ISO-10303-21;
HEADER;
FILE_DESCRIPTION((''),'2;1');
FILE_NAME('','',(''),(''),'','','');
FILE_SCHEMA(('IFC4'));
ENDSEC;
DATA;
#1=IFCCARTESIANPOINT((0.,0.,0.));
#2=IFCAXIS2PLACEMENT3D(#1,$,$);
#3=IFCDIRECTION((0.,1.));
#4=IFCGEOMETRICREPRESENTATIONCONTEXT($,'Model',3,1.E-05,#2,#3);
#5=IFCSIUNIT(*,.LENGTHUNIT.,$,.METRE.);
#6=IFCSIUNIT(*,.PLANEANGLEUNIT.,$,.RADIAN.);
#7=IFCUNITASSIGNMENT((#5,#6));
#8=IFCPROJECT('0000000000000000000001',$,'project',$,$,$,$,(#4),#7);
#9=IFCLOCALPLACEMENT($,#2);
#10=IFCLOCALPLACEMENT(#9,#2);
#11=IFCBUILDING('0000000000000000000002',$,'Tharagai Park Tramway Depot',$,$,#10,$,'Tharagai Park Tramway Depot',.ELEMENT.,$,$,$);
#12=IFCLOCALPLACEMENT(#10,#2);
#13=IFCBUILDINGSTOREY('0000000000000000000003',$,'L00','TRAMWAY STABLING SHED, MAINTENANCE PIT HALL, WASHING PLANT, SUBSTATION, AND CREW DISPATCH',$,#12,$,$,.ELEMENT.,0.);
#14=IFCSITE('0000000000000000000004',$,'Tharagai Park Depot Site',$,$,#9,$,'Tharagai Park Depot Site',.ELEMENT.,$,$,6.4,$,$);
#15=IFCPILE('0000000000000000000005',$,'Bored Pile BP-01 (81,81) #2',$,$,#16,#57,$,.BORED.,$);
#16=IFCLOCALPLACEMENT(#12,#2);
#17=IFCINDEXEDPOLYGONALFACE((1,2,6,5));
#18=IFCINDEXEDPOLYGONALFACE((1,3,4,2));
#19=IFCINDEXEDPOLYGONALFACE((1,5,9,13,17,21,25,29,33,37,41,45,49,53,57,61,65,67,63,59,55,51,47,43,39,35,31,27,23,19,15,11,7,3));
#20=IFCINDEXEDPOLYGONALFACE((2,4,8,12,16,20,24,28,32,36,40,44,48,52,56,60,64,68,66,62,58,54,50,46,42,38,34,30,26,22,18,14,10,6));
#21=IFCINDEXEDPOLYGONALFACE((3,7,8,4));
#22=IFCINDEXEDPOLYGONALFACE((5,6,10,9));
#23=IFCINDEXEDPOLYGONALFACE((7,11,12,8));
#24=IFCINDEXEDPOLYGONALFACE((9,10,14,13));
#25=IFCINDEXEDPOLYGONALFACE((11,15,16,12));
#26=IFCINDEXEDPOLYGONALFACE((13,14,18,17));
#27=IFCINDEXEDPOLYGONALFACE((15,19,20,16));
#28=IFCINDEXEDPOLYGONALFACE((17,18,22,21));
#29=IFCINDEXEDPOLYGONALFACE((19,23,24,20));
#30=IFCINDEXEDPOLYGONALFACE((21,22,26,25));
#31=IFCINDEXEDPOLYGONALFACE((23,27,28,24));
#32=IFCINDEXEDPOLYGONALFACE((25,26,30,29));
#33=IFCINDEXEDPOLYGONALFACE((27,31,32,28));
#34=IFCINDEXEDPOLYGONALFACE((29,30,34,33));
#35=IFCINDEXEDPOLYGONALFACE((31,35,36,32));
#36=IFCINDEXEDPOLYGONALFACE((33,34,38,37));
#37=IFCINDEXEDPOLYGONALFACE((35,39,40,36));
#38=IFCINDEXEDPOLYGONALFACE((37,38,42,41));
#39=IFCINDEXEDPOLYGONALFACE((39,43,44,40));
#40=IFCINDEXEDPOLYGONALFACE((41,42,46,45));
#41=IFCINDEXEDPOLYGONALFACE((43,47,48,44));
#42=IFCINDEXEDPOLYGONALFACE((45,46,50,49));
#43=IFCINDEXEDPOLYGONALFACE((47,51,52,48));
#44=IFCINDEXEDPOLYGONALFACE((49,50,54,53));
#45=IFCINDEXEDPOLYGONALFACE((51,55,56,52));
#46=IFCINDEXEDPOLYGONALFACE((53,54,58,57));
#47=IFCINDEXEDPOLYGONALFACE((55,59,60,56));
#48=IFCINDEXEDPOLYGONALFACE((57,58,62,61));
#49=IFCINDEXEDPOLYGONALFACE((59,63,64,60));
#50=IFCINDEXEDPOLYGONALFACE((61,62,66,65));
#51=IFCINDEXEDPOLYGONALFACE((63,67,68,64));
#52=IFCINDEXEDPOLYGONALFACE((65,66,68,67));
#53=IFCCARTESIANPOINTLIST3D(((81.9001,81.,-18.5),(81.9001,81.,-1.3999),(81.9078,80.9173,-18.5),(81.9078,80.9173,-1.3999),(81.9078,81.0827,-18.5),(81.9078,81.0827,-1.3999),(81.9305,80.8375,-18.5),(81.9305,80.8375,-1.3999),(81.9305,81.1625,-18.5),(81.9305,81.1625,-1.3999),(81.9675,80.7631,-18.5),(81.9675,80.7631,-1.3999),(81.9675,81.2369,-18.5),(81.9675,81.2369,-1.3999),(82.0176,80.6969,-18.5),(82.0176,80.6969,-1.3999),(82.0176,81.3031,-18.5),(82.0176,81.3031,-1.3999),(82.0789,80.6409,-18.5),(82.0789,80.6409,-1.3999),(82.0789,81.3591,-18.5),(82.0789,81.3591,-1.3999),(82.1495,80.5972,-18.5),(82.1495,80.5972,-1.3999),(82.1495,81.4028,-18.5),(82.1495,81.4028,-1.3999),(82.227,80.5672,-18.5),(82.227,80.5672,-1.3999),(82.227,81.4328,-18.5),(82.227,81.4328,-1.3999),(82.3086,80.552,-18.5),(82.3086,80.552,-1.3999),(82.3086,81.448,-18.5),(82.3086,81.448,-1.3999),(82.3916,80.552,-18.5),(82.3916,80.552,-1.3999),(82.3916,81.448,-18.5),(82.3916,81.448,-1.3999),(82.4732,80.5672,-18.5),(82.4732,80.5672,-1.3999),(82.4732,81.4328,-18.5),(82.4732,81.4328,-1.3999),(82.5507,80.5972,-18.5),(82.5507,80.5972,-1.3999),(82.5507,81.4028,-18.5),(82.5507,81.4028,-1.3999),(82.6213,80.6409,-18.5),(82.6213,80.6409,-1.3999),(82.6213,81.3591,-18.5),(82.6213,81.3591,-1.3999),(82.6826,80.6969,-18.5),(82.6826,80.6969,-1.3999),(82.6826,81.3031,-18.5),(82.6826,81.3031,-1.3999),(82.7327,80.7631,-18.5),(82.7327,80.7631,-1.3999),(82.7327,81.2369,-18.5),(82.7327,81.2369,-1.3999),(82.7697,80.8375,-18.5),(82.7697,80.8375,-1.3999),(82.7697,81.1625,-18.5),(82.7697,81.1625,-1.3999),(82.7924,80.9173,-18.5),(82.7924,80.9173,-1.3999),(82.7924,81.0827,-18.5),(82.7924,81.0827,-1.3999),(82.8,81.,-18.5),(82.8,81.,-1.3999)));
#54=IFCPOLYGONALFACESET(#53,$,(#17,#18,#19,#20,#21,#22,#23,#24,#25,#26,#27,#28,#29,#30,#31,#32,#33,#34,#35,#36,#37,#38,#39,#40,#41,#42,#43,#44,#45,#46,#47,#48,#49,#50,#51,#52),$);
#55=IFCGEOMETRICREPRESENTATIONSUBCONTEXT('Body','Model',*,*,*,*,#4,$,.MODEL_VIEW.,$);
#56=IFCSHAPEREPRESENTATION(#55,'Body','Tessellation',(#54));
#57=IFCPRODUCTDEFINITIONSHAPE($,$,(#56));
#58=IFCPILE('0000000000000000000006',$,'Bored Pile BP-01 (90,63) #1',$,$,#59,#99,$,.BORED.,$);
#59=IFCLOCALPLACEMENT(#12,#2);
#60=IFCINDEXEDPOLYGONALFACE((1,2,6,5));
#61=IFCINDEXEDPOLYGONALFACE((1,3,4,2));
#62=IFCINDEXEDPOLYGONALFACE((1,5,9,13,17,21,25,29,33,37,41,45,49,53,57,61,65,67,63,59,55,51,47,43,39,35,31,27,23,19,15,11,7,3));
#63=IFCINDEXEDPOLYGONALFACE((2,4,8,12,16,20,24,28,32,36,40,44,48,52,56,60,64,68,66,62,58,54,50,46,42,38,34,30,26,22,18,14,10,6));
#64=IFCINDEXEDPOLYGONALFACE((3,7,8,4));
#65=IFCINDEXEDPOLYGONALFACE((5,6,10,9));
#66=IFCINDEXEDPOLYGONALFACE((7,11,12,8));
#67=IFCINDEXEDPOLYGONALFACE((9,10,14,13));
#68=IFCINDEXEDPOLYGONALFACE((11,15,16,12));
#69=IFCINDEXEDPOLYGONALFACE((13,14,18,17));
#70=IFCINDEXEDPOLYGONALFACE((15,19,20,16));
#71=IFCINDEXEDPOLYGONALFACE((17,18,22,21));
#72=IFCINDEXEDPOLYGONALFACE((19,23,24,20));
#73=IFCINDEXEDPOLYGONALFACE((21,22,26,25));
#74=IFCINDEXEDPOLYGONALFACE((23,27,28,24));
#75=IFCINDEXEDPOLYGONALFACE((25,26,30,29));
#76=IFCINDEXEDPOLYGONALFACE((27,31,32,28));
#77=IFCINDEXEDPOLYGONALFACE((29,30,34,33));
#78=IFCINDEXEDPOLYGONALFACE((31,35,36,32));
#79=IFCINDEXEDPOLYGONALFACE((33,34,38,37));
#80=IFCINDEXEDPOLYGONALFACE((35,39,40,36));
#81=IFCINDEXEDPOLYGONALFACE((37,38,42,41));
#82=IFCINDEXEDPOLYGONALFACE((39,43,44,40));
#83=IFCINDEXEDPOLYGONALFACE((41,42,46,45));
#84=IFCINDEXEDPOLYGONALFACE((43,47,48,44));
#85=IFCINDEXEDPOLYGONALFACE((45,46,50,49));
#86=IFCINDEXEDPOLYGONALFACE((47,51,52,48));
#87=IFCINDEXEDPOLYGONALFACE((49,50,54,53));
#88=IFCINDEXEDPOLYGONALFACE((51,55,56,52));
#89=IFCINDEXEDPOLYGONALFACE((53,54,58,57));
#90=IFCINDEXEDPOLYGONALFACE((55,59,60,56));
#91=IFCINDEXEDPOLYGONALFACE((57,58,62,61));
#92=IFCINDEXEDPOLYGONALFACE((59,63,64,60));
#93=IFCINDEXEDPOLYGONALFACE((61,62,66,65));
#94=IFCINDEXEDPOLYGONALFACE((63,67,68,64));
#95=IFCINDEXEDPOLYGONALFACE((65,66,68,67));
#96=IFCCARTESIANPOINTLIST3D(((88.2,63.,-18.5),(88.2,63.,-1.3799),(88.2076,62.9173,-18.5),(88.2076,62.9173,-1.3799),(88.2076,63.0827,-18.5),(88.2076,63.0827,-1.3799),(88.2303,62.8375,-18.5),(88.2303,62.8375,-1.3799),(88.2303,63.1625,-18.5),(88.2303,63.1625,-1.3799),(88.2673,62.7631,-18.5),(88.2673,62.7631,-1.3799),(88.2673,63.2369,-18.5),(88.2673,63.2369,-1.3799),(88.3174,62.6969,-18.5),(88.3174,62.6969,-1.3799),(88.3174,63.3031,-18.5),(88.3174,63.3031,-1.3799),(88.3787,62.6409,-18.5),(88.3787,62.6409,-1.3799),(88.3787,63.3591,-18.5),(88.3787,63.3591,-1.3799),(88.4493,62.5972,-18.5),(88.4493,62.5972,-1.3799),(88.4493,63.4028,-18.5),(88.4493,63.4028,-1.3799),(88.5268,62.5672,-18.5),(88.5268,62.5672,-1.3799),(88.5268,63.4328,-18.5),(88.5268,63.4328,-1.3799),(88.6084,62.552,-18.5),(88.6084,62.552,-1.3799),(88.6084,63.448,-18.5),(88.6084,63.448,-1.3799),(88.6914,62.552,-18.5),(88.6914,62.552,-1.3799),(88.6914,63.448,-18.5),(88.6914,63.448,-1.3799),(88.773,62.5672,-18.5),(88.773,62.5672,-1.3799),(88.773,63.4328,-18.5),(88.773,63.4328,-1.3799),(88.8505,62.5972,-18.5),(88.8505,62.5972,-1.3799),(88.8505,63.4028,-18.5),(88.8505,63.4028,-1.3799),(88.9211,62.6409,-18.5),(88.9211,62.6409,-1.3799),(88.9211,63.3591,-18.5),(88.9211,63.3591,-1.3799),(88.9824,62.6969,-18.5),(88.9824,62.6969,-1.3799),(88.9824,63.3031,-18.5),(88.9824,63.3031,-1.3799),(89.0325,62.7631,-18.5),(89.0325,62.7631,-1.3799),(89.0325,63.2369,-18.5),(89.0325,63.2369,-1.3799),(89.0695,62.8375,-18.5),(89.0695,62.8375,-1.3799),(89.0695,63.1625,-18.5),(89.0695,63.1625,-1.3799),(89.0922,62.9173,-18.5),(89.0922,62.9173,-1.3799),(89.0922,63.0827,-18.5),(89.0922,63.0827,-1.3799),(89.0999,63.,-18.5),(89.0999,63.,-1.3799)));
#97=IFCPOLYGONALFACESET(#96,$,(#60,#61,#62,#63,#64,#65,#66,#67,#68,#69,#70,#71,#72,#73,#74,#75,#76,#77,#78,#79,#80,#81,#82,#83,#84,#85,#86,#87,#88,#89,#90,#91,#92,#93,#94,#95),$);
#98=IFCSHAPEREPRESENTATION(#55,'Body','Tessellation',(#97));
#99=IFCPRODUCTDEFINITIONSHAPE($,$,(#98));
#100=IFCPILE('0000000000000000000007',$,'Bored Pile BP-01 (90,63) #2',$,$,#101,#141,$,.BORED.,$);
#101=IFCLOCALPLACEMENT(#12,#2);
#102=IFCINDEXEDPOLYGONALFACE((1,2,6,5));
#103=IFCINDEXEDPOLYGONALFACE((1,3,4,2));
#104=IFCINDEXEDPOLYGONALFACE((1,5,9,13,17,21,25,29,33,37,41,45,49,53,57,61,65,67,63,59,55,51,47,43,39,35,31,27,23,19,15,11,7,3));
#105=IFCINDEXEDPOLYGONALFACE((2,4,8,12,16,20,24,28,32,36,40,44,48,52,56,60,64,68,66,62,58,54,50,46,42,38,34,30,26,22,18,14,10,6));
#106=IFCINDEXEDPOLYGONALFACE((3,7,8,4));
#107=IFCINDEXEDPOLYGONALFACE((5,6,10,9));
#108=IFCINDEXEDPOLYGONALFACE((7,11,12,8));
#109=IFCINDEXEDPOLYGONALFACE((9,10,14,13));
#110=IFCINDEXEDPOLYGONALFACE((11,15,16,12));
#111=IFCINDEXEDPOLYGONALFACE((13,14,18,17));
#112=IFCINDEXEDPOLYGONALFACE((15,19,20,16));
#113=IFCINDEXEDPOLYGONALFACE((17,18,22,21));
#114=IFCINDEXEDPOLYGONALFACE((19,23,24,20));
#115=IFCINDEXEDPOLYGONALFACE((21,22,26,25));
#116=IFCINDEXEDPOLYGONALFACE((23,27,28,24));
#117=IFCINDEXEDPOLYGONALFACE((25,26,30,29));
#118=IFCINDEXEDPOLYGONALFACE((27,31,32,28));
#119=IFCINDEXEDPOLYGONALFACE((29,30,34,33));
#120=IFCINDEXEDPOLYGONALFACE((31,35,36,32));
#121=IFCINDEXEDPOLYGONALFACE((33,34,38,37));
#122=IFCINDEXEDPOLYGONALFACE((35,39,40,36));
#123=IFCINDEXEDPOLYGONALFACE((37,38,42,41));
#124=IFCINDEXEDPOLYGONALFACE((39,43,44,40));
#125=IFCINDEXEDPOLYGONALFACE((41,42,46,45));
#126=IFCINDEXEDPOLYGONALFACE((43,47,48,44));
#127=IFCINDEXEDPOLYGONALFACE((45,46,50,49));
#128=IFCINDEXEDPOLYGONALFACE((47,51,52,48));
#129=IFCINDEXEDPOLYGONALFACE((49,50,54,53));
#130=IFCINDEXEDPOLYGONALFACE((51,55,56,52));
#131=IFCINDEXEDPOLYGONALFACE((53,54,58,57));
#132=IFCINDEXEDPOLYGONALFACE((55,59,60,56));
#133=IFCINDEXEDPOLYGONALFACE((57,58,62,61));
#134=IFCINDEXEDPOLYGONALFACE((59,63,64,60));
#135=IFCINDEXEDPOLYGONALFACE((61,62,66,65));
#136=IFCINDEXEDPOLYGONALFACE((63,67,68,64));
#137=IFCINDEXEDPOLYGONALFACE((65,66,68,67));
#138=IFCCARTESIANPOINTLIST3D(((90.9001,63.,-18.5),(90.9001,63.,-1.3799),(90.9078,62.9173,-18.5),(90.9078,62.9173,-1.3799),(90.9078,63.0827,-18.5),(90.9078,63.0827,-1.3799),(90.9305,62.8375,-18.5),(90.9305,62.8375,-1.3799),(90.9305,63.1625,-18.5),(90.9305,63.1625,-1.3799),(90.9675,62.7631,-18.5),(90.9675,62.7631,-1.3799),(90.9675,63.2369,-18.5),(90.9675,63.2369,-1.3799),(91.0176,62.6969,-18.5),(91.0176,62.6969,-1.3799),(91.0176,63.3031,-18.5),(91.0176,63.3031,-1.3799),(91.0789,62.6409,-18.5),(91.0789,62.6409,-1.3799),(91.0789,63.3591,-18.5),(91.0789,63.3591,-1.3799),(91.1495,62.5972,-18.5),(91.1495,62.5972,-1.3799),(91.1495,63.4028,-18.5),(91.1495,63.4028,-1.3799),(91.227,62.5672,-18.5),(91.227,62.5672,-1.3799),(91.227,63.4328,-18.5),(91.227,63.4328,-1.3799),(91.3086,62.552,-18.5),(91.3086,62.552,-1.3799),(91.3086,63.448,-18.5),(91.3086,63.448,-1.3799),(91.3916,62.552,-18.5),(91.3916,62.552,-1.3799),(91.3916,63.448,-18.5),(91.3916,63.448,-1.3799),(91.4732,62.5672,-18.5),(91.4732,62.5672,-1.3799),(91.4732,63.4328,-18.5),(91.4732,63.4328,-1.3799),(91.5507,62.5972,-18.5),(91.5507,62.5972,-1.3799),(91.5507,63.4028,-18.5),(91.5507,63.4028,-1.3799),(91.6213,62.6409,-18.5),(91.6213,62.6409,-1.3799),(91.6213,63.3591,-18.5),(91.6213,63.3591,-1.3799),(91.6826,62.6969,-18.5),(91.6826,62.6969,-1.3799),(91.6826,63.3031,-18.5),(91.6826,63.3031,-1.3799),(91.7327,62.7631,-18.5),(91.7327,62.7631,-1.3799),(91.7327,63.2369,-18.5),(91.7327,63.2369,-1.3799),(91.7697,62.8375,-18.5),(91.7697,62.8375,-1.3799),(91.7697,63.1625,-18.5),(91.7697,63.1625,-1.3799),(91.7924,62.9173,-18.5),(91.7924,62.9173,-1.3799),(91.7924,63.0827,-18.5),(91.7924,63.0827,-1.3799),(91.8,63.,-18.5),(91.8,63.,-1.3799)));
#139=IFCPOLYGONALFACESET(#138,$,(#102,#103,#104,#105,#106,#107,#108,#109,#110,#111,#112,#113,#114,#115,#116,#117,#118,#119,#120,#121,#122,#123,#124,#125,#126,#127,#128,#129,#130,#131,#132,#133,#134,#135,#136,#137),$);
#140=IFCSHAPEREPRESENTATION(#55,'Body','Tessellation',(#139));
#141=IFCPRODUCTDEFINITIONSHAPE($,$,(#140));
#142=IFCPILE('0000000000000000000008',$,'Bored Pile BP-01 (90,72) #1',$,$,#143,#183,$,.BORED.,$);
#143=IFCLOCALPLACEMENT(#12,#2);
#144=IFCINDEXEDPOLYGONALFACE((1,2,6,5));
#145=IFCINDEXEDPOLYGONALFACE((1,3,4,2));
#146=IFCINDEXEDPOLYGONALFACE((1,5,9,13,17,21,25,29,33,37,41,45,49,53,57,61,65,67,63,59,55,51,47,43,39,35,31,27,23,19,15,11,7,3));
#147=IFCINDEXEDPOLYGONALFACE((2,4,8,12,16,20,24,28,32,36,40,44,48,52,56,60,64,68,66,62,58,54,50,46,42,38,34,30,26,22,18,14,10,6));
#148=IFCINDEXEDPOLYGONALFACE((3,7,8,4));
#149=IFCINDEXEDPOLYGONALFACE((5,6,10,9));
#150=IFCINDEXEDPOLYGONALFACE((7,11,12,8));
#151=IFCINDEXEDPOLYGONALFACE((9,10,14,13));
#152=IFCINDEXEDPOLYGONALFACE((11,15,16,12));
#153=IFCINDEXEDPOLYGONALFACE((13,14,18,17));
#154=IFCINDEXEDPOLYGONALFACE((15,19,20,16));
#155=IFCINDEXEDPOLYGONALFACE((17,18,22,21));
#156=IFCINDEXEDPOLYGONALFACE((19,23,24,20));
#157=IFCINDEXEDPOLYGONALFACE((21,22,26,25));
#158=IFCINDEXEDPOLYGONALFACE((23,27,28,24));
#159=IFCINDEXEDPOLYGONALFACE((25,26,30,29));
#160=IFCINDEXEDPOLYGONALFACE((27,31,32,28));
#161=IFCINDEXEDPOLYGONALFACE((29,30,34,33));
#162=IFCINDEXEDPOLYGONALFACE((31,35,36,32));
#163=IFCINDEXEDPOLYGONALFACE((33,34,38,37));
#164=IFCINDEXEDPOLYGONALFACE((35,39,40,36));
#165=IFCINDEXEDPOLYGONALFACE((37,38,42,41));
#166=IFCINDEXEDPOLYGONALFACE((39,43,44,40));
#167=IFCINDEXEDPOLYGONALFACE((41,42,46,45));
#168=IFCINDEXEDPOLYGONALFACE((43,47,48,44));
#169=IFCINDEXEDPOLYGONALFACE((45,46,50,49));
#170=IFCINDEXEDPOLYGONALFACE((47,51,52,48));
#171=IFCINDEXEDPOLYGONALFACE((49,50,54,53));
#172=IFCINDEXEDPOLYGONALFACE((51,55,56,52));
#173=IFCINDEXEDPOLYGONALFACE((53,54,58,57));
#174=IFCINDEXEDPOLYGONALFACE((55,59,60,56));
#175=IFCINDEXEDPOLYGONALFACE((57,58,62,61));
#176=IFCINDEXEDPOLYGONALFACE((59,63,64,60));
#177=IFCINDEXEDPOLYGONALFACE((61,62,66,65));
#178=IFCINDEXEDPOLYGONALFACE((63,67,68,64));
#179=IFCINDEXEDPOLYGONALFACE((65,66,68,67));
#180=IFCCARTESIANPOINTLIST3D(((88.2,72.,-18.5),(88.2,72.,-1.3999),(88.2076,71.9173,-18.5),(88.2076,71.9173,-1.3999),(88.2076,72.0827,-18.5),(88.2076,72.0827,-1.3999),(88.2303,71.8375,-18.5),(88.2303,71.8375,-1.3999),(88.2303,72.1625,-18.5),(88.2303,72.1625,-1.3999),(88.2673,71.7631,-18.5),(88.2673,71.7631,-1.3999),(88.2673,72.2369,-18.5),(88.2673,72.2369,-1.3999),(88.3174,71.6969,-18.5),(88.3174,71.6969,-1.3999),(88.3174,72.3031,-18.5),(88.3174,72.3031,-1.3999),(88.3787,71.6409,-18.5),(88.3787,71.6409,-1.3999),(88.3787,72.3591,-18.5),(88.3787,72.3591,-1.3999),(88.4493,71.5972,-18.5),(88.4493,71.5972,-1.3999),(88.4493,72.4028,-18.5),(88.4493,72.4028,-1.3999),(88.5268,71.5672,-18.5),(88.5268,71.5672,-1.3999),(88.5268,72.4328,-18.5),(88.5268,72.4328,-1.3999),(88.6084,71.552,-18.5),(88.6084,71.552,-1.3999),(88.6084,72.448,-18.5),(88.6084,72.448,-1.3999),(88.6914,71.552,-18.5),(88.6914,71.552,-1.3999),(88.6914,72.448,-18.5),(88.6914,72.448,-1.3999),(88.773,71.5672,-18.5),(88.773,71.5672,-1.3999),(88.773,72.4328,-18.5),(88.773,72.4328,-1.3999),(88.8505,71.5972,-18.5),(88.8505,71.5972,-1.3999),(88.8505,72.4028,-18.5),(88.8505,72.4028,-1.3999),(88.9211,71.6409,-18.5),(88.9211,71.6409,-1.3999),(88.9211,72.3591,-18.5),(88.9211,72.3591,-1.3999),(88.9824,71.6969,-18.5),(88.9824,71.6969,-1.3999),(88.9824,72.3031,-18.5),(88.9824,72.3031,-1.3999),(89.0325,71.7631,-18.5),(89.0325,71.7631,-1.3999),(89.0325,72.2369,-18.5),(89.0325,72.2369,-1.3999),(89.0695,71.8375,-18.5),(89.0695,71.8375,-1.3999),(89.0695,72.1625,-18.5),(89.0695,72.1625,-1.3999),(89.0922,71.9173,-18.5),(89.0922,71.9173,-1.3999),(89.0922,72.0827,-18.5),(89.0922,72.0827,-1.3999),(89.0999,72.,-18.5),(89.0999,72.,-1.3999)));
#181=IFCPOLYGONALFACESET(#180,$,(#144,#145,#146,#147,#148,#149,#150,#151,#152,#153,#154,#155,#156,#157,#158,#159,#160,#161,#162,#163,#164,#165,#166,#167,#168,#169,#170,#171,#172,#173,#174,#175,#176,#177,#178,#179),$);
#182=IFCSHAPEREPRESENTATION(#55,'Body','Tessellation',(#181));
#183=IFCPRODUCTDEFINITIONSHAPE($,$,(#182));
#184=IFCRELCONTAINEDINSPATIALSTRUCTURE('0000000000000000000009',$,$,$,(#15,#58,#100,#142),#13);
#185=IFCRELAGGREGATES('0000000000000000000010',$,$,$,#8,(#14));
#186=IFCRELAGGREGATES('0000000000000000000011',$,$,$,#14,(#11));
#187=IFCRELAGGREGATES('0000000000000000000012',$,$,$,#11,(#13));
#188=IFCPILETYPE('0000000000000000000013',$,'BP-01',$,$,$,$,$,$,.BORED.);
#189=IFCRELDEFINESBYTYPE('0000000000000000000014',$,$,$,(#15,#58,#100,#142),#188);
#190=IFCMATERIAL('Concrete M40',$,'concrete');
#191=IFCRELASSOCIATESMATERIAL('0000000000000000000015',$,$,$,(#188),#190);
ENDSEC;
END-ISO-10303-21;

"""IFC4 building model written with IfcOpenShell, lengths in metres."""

from ifc_helpers import new_model, si_unit, direction, frame, origin, origin_2d, place, context, subcontext, project, spatial, circle, extrude, material, material_profile, profile_set, type_object, element, save


model = new_model("IFC4")

# Units and contexts
model_context = context("Model", 3, precision=1e-05, world=origin(), true_north=direction((0.0, 1.0)))
body_context = subcontext(model_context, "Body", "Model", "MODEL_VIEW")
ifc_project = project(units=[si_unit("LENGTHUNIT", "METRE"), si_unit("PLANEANGLEUNIT", "RADIAN")], contexts=[model_context])

# Site, building, storey
site_placement = place(None, origin())
site = spatial("IfcSite", under=ifc_project, at=site_placement, Name="Tharagai Park Depot Site", LongName="Tharagai Park Depot Site", CompositionType="ELEMENT", RefElevation=6.4)
building_placement = place(site_placement, origin())
building = spatial("IfcBuilding", under=site, at=building_placement, Name="Tharagai Park Tramway Depot", LongName="Tharagai Park Tramway Depot", CompositionType="ELEMENT")
storey_placement = place(building_placement, origin())
storey = spatial("IfcBuildingStorey", under=building, at=storey_placement, Name="L00", Description="TRAMWAY STABLING SHED, MAINTENANCE PIT HALL, WASHING PLANT, SUBSTATION, AND CREW DISPATCH", CompositionType="ELEMENT", Elevation=0.0)

# Piles
ifc_material_1 = material(Name="Concrete M40", Category="concrete")
ifc_material_profile_1 = material_profile(ifc_material_1, circle(Radius=0.45, at=origin_2d()), Name="PILE D900")
ifc_profile_set_1 = profile_set([ifc_material_profile_1], Name="Concrete M40")
pile_type_1 = type_object("IfcPileType", Name="BP-01", PredefinedType="BORED", material=ifc_profile_set_1)
pile_placement = place(storey_placement, frame((82.3501, 81.0, -1.3999), z_axis=(0.0, 0.0, -1.0), x_axis=(1.0, 0.0, 0.0)))
element("IfcPile", 1, at=pile_placement, inside=storey, type_object=pile_type_1, Name="Bored Pile BP-01 (81,81) #2", PredefinedType="BORED", context=body_context, shape_type="SweptSolid", body=[
    extrude(circle(Radius=0.45, at=origin_2d()), origin(), (0.0, 0.0, 1.0), 17.1001),
])
for number, where, z_axis, x_axis, name in (
    (2, (88.6499, 63.0, -1.3799), (0.0, 0.0, -1.0), (1.0, 0.0, 0.0), "Bored Pile BP-01 (90,63) #1"),
    (3, (91.3501, 63.0, -1.3799), (0.0, 0.0, -1.0), (1.0, 0.0, 0.0), "Bored Pile BP-01 (90,63) #2"),
):
    element("IfcPile", number, at=place(storey_placement, frame(where, z_axis=z_axis, x_axis=x_axis)), inside=storey, type_object=pile_type_1, Name=name, PredefinedType="BORED", context=body_context, shape_type="SweptSolid", body=[
        extrude(circle(Radius=0.45, at=origin_2d()), origin(), (0.0, 0.0, 1.0), 17.1201),
    ])
for number, where, z_axis, x_axis, name in (
    (4, (88.6499, 72.0, -1.3999), (0.0, 0.0, -1.0), (1.0, 0.0, 0.0), "Bored Pile BP-01 (90,72) #1"),
):
    element("IfcPile", number, at=place(storey_placement, frame(where, z_axis=z_axis, x_axis=x_axis)), inside=storey, type_object=pile_type_1, Name=name, PredefinedType="BORED", context=body_context, shape_type="SweptSolid", body=[
        extrude(circle(Radius=0.45, at=origin_2d()), origin(), (0.0, 0.0, 1.0), 17.1001),
    ])

save(model, "model.ifc")
